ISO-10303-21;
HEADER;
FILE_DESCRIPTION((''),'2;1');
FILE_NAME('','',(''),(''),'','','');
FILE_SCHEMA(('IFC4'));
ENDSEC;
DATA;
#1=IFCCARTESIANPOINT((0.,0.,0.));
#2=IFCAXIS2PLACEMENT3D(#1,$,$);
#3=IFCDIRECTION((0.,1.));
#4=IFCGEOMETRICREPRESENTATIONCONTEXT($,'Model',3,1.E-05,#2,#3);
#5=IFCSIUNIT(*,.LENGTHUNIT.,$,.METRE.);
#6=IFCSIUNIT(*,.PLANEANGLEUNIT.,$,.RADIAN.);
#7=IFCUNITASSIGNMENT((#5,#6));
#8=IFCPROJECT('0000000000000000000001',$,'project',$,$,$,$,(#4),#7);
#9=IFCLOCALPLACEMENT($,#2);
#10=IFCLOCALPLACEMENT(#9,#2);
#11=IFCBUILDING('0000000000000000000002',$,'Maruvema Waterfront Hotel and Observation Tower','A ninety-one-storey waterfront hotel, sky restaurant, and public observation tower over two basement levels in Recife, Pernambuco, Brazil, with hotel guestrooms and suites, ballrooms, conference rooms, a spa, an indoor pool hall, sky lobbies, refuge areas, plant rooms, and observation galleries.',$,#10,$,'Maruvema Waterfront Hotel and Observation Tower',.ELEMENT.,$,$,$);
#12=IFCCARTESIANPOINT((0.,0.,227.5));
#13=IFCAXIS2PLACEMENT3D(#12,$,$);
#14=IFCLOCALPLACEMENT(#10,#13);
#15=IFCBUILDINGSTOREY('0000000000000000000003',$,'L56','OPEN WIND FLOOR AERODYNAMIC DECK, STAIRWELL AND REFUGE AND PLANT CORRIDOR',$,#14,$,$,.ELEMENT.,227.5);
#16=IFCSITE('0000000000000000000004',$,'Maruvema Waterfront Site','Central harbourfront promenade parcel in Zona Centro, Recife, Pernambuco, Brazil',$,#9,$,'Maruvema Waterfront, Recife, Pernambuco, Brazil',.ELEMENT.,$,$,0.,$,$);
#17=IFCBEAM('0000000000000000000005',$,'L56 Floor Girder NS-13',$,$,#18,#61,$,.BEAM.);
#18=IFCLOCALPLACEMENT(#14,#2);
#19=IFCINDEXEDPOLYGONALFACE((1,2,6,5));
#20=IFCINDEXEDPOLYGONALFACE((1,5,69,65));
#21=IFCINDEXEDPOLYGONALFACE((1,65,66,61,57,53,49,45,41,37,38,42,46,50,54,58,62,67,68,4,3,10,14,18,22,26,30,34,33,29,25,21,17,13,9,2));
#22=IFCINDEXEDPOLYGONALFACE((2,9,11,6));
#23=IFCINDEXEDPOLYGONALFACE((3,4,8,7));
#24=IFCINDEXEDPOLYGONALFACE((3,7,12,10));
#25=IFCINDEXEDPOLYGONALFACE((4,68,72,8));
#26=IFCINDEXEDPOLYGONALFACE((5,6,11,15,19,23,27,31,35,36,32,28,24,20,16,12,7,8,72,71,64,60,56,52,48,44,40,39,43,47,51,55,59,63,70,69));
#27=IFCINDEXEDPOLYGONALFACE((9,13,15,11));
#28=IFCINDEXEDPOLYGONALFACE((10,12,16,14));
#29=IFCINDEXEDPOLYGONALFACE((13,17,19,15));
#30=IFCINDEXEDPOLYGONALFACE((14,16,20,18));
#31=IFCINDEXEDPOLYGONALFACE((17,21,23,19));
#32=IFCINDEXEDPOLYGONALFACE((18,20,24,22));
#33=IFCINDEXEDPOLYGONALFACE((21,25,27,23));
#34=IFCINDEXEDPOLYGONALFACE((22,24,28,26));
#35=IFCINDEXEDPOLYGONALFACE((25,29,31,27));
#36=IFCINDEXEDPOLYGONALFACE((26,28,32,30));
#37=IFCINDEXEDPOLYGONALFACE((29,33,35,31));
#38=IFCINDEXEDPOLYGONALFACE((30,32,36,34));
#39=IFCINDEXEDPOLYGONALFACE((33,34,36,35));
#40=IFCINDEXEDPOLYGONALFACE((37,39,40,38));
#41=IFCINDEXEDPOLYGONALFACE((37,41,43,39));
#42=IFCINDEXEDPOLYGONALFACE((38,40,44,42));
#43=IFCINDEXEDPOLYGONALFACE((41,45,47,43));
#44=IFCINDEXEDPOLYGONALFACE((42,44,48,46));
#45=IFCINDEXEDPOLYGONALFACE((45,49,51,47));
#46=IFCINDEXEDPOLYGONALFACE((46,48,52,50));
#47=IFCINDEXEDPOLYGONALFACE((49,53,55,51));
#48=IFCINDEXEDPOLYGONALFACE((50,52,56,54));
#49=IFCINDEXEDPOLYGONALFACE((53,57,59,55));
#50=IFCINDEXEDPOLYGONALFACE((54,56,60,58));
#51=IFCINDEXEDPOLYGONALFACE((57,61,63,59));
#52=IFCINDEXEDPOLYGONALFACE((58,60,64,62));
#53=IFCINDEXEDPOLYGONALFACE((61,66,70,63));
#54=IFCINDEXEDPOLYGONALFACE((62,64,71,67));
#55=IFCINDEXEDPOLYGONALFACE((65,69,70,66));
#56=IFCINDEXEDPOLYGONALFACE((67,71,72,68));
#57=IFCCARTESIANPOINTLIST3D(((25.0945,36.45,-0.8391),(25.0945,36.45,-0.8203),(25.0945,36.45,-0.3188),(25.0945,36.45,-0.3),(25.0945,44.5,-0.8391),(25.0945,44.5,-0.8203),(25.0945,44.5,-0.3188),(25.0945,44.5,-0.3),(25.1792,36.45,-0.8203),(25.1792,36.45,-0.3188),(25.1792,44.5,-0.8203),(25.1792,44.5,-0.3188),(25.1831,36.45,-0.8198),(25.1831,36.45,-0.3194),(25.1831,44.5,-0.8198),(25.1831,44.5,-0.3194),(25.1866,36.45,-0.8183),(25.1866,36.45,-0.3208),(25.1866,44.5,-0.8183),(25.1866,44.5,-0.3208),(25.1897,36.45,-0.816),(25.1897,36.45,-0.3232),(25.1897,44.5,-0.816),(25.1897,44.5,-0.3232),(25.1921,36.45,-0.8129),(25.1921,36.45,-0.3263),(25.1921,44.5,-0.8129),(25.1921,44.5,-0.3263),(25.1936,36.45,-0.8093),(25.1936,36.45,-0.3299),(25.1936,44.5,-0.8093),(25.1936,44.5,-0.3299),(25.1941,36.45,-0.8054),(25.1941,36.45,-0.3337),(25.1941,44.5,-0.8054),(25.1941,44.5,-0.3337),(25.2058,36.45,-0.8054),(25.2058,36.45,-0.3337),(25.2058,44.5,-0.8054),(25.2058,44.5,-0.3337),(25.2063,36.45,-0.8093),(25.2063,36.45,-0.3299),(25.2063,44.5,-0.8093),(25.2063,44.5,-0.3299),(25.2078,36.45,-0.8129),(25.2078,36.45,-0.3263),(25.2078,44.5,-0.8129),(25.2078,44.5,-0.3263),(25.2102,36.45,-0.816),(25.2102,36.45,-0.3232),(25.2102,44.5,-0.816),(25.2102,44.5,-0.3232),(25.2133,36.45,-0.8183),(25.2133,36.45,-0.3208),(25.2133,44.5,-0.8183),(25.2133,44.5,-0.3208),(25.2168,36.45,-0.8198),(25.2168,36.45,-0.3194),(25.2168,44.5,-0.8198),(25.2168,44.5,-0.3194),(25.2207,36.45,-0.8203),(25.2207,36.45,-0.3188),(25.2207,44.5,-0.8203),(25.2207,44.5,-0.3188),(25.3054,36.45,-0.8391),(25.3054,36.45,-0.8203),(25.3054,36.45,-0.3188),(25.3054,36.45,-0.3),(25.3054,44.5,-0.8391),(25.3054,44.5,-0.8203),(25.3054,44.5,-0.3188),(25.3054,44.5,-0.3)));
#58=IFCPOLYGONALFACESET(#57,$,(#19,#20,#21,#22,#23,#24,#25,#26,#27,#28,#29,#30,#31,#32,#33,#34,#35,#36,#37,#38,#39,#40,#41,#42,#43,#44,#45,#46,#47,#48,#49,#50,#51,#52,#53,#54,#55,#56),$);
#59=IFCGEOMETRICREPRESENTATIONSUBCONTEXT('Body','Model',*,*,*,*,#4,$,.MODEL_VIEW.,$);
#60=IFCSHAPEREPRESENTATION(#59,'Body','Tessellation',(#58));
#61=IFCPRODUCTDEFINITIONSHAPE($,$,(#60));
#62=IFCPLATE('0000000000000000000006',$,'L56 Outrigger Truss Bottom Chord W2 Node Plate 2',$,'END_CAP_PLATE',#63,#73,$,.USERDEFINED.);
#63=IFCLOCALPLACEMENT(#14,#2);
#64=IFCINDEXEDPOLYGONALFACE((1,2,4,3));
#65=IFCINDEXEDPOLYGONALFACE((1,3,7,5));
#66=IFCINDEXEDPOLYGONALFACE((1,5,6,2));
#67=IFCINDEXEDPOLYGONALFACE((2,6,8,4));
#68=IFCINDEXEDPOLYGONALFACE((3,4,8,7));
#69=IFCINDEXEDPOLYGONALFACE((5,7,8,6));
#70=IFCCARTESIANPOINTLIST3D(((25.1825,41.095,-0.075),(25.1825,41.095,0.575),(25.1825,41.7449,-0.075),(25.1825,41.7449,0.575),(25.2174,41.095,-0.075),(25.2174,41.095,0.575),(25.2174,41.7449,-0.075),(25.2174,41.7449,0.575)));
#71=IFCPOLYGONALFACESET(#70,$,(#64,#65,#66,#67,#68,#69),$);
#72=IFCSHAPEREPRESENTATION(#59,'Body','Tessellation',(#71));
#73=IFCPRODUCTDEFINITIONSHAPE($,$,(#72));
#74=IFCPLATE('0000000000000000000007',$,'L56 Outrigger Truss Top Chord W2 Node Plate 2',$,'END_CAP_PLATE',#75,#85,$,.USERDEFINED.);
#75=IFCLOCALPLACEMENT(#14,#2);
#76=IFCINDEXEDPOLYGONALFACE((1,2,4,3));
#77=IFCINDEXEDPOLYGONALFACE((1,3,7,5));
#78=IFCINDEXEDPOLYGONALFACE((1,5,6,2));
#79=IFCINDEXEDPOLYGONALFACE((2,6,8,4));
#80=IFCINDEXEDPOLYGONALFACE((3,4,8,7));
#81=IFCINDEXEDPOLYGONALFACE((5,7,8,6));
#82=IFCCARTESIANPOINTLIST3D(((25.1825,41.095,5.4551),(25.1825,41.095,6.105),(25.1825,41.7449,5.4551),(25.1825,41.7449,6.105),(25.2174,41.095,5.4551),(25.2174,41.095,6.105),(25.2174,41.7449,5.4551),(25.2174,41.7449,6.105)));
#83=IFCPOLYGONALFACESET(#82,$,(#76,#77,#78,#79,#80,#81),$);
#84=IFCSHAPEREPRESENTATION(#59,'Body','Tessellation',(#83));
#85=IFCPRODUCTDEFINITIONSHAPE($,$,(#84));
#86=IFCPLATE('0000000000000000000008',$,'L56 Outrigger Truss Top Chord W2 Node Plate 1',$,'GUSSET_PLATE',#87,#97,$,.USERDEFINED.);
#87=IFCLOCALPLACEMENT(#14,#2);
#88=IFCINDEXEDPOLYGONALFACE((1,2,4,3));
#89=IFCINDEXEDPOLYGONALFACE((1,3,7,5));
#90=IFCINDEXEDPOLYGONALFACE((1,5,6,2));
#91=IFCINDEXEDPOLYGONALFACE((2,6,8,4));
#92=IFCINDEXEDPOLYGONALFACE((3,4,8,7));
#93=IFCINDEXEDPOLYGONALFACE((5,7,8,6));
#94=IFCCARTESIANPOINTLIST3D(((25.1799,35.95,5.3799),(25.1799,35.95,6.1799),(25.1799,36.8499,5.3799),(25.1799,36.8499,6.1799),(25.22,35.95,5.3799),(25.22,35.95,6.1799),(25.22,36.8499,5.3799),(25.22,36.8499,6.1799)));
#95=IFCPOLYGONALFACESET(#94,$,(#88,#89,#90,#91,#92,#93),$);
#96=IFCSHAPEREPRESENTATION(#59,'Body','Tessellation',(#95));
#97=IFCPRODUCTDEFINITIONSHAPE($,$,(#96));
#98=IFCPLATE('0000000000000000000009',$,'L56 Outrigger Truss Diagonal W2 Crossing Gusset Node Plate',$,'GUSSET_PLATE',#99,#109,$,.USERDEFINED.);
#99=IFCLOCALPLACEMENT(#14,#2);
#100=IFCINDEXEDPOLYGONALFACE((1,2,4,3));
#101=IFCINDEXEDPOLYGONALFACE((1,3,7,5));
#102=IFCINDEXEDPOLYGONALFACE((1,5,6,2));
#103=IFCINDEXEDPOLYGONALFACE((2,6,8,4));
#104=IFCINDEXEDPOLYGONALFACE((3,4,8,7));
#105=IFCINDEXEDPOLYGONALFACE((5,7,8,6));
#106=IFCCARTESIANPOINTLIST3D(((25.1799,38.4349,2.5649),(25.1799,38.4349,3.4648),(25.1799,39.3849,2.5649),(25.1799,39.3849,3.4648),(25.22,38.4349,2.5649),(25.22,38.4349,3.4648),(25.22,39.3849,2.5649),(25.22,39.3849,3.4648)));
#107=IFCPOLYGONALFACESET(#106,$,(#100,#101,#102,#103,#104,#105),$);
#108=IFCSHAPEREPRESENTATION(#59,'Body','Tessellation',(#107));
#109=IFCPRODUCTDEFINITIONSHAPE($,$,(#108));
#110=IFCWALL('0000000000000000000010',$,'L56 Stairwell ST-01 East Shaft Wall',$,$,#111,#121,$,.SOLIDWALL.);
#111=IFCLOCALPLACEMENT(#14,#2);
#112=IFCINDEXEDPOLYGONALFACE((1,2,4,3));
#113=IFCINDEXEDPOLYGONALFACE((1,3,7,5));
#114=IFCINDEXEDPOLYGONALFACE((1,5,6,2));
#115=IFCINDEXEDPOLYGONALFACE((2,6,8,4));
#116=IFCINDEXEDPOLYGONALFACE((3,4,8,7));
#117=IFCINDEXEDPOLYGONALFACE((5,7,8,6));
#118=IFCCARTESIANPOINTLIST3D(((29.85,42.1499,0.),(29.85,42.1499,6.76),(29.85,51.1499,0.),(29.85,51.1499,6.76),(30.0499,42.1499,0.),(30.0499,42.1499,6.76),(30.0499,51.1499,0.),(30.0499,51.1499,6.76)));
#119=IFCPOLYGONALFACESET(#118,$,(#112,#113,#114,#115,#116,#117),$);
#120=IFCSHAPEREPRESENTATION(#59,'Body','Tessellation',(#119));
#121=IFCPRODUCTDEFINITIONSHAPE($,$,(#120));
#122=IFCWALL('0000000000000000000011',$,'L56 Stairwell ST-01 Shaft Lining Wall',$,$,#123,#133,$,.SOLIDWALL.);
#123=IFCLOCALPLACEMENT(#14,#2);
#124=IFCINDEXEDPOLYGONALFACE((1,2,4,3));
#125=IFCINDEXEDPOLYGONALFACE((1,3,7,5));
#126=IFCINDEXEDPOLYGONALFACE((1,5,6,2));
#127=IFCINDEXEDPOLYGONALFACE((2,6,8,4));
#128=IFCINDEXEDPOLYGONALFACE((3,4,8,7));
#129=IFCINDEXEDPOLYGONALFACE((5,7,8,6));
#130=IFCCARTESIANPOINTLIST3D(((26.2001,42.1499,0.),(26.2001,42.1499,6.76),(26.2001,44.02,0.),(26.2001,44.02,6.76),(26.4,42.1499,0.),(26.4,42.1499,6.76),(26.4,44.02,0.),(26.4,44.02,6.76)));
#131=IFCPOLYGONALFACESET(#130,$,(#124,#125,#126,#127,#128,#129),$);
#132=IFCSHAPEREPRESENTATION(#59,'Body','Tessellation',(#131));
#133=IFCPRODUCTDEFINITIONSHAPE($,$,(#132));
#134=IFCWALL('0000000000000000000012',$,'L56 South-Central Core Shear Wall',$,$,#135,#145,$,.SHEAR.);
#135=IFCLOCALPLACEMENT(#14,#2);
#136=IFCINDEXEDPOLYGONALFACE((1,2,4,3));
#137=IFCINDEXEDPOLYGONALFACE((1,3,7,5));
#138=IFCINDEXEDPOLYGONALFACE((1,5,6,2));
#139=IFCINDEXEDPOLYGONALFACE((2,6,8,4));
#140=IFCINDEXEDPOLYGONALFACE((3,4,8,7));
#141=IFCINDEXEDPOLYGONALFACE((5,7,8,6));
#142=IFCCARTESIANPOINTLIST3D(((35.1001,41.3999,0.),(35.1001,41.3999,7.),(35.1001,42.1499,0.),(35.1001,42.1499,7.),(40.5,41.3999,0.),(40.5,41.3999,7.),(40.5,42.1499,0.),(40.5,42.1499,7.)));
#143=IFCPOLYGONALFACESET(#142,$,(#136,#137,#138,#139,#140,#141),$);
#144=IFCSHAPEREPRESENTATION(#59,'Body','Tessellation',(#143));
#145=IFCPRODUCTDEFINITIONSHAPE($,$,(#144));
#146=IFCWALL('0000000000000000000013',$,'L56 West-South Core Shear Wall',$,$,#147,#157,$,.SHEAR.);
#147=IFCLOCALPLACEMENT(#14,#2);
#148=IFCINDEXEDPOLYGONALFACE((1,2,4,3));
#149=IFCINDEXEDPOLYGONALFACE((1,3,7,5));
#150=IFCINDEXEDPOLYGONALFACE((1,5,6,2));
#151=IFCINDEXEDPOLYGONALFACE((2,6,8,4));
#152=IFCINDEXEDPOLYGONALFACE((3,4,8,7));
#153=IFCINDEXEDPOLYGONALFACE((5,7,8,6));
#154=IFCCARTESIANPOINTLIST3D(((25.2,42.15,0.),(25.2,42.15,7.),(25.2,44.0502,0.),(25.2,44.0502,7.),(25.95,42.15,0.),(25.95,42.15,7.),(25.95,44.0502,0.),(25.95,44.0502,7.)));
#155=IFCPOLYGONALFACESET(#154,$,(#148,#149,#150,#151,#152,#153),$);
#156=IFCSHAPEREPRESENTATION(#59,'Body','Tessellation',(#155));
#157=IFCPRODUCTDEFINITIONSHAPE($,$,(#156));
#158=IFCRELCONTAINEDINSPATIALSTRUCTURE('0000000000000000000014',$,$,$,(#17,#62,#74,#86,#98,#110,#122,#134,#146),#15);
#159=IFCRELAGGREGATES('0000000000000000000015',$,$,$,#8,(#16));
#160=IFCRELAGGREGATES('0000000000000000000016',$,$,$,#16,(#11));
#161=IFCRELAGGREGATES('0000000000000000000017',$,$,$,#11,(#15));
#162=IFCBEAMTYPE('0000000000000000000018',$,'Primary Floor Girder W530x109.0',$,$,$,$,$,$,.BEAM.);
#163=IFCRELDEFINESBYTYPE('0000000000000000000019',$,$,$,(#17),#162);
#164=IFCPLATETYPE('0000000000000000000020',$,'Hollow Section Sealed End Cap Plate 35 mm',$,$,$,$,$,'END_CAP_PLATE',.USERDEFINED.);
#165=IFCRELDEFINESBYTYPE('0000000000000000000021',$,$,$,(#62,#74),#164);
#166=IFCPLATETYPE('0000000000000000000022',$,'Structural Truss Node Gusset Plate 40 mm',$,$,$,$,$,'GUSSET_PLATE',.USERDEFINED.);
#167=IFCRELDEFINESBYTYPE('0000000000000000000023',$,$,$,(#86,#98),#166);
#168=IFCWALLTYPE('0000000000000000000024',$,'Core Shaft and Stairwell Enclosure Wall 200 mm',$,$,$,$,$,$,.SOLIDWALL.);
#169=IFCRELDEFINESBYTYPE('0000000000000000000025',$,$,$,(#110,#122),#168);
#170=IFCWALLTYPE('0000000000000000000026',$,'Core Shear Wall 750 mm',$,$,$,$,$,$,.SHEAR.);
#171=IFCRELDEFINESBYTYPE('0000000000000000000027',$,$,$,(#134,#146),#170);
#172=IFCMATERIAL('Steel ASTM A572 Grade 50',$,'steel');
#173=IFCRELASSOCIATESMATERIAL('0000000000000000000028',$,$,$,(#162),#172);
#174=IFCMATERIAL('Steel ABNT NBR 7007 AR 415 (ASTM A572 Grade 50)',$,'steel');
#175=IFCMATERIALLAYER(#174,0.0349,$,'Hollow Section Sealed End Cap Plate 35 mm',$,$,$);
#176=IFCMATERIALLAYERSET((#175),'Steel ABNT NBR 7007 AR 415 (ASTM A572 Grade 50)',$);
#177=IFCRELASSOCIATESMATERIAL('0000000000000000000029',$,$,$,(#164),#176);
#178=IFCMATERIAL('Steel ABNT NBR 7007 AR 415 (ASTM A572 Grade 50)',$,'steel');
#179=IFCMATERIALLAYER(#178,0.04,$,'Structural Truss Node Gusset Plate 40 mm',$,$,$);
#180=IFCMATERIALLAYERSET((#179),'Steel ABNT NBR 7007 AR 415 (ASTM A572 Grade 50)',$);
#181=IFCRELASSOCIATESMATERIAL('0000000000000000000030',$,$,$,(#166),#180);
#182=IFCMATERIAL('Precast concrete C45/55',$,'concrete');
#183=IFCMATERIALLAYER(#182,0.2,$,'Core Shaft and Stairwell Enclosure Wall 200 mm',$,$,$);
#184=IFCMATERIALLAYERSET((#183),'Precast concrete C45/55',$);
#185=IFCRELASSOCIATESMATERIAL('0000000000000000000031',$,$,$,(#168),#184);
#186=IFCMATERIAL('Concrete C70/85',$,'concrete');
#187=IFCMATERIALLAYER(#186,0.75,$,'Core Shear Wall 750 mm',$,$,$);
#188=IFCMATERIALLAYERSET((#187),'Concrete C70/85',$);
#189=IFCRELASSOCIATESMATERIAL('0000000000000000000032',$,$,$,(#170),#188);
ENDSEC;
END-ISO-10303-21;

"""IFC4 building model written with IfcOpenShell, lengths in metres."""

from ifc_helpers import new_model, si_unit, direction, frame, frame_2d, origin, origin_2d, place, context, subcontext, project, spatial, rectangle, i_section, extrude, material, layer, layer_set, material_profile, profile_set, type_object, element, save


model = new_model("IFC4")

# Units and contexts
model_context = context("Model", 3, precision=1e-05, world=origin(), true_north=direction((0.0, 1.0)))
body_context = subcontext(model_context, "Body", "Model", "MODEL_VIEW")
ifc_project = project(units=[si_unit("LENGTHUNIT", "METRE"), si_unit("PLANEANGLEUNIT", "RADIAN")], contexts=[model_context])

# Site, building, storey
site_placement = place(None, origin())
site = spatial("IfcSite", under=ifc_project, at=site_placement, Name="Maruvema Waterfront Site", Description="Central harbourfront promenade parcel in Zona Centro, Recife, Pernambuco, Brazil", LongName="Maruvema Waterfront, Recife, Pernambuco, Brazil", CompositionType="ELEMENT", RefElevation=0.0)
building_placement = place(site_placement, origin())
building = spatial("IfcBuilding", under=site, at=building_placement, Name="Maruvema Waterfront Hotel and Observation Tower", Description="A ninety-one-storey waterfront hotel, sky restaurant, and public observation tower over two basement levels in Recife, Pernambuco, Brazil, with hotel guestrooms and suites, ballrooms, conference rooms, a spa, an indoor pool hall, sky lobbies, refuge areas, plant rooms, and observation galleries.", LongName="Maruvema Waterfront Hotel and Observation Tower", CompositionType="ELEMENT")
storey_placement = place(building_placement, frame((0.0, 0.0, 227.5)))
storey = spatial("IfcBuildingStorey", under=building, at=storey_placement, Name="L56", Description="OPEN WIND FLOOR AERODYNAMIC DECK, STAIRWELL AND REFUGE AND PLANT CORRIDOR", CompositionType="ELEMENT", Elevation=227.5)

# Beam
ifc_material_1 = material(Name="Steel ASTM A572 Grade 50", Category="steel")
ifc_material_profile_1 = material_profile(ifc_material_1, i_section(OverallWidth=0.2109, OverallDepth=0.5391, WebThickness=0.0117, FlangeThickness=0.0188, FilletRadius=0.0149, at=origin_2d()), Name="W530x109.0")
ifc_profile_set_1 = profile_set([ifc_material_profile_1], Name="Steel ASTM A572 Grade 50")
beam_type_1 = type_object("IfcBeamType", Name="Primary Floor Girder W530x109.0", PredefinedType="BEAM", material=ifc_profile_set_1)
beam_1_placement = place(storey_placement, frame((25.2, 36.45, -0.5696), z_axis=(0.0, 1.0, 0.0), x_axis=(-1.0, 0.0, 0.0)))
element("IfcBeam", 1, at=beam_1_placement, inside=storey, type_object=beam_type_1, Name="L56 Floor Girder NS-13", PredefinedType="BEAM", context=body_context, shape_type="SweptSolid", body=[
    extrude(i_section(OverallWidth=0.2109, OverallDepth=0.5391, WebThickness=0.0117, FlangeThickness=0.0188, FilletRadius=0.0149, at=origin_2d()), origin(), (0.0, 0.0, 1.0), 8.05),
])

# Plates
ifc_material_2 = material(Name="Steel ABNT NBR 7007 AR 415 (ASTM A572 Grade 50)", Category="steel")
ifc_layer_1 = layer(ifc_material_2, 0.0349, Name="Hollow Section Sealed End Cap Plate 35 mm")
ifc_layer_set_1 = layer_set([ifc_layer_1], Name="Steel ABNT NBR 7007 AR 415 (ASTM A572 Grade 50)")
plate_type_1 = type_object("IfcPlateType", Name="Hollow Section Sealed End Cap Plate 35 mm", ElementType="END_CAP_PLATE", PredefinedType="USERDEFINED", material=ifc_layer_set_1)
for number, where, z_axis, x_axis, name in (
    (2, (25.2, 41.4199, -0.075), (0.0, 0.0, 1.0), (0.0, 1.0, 0.0), "L56 Outrigger Truss Bottom Chord W2 Node Plate 2"),
    (3, (25.2, 41.4199, 5.4551), (0.0, 0.0, 1.0), (0.0, 1.0, 0.0), "L56 Outrigger Truss Top Chord W2 Node Plate 2"),
):
    element("IfcPlate", number, at=place(storey_placement, frame(where, z_axis=z_axis, x_axis=x_axis)), inside=storey, type_object=plate_type_1, Name=name, ObjectType="END_CAP_PLATE", PredefinedType="USERDEFINED", context=body_context, shape_type="SweptSolid", body=[
        extrude(rectangle(XDim=0.6499, YDim=0.0349, at=origin_2d()), origin(), (0.0, 0.0, 1.0), 0.6499),
    ])
ifc_material_3 = material(Name="Steel ABNT NBR 7007 AR 415 (ASTM A572 Grade 50)", Category="steel")
ifc_layer_2 = layer(ifc_material_3, 0.04, Name="Structural Truss Node Gusset Plate 40 mm")
ifc_layer_set_2 = layer_set([ifc_layer_2], Name="Steel ABNT NBR 7007 AR 415 (ASTM A572 Grade 50)")
plate_type_2 = type_object("IfcPlateType", Name="Structural Truss Node Gusset Plate 40 mm", ElementType="GUSSET_PLATE", PredefinedType="USERDEFINED", material=ifc_layer_set_2)
plate_1_placement = place(storey_placement, frame((25.2, 36.3999, 5.3799), z_axis=(0.0, 0.0, 1.0), x_axis=(0.0, 1.0, 0.0)))
element("IfcPlate", 4, at=plate_1_placement, inside=storey, type_object=plate_type_2, Name="L56 Outrigger Truss Top Chord W2 Node Plate 1", ObjectType="GUSSET_PLATE", PredefinedType="USERDEFINED", context=body_context, shape_type="SweptSolid", body=[
    extrude(rectangle(XDim=0.8999, YDim=0.04, at=origin_2d()), origin(), (0.0, 0.0, 1.0), 0.8),
])
plate_2_placement = place(storey_placement, frame((25.2, 38.9099, 2.5649), z_axis=(0.0, 0.0, 1.0), x_axis=(0.0, -1.0, 0.0)))
element("IfcPlate", 5, at=plate_2_placement, inside=storey, type_object=plate_type_2, Name="L56 Outrigger Truss Diagonal W2 Crossing Gusset Node Plate", ObjectType="GUSSET_PLATE", PredefinedType="USERDEFINED", context=body_context, shape_type="SweptSolid", body=[
    extrude(rectangle(XDim=0.95, YDim=0.04, at=origin_2d()), origin(), (0.0, 0.0, 1.0), 0.8999),
])

# Walls
ifc_material_4 = material(Name="Precast concrete C45/55", Category="concrete")
ifc_layer_3 = layer(ifc_material_4, 0.2, Name="Core Shaft and Stairwell Enclosure Wall 200 mm")
ifc_layer_set_3 = layer_set([ifc_layer_3], Name="Precast concrete C45/55")
wall_type_1 = type_object("IfcWallType", Name="Core Shaft and Stairwell Enclosure Wall 200 mm", PredefinedType="SOLIDWALL", material=ifc_layer_set_3)
wall_1_placement = place(storey_placement, frame((29.95, 42.1499, 0.0), z_axis=(0.0, 0.0, 1.0), x_axis=(0.0, 1.0, 0.0)))
element("IfcWall", 6, at=wall_1_placement, inside=storey, type_object=wall_type_1, Name="L56 Stairwell ST-01 East Shaft Wall", PredefinedType="SOLIDWALL", context=body_context, shape_type="SweptSolid", body=[
    extrude(rectangle(XDim=9.0, YDim=0.2, at=frame_2d((4.5, 0.0))), origin(), (0.0, 0.0, 1.0), 6.76),
])
wall_2_placement = place(storey_placement, frame((26.3, 42.1499, 0.0), z_axis=(0.0, 0.0, 1.0), x_axis=(0.0, 1.0, 0.0)))
element("IfcWall", 7, at=wall_2_placement, inside=storey, type_object=wall_type_1, Name="L56 Stairwell ST-01 Shaft Lining Wall", PredefinedType="SOLIDWALL", context=body_context, shape_type="SweptSolid", body=[
    extrude(rectangle(XDim=1.8701, YDim=0.2, at=frame_2d((0.9351, 0.0))), origin(), (0.0, 0.0, 1.0), 6.76),
])

# Shared definitions
ifc_material_5 = material(Name="Concrete C70/85", Category="concrete")
ifc_layer_4 = layer(ifc_material_5, 0.75, Name="Core Shear Wall 750 mm")
ifc_layer_set_4 = layer_set([ifc_layer_4], Name="Concrete C70/85")
wall_type_2 = type_object("IfcWallType", Name="Core Shear Wall 750 mm", PredefinedType="SHEAR", material=ifc_layer_set_4)

# Walls
wall_3_placement = place(storey_placement, frame((35.1001, 41.7749, 0.0), z_axis=(0.0, 0.0, 1.0), x_axis=(1.0, 0.0, 0.0)))
element("IfcWall", 8, at=wall_3_placement, inside=storey, type_object=wall_type_2, Name="L56 South-Central Core Shear Wall", PredefinedType="SHEAR", context=body_context, shape_type="SweptSolid", body=[
    extrude(rectangle(XDim=5.3999, YDim=0.75, at=frame_2d((2.7, 0.0))), origin(), (0.0, 0.0, 1.0), 7.0),
])
wall_4_placement = place(storey_placement, frame((25.575, 42.1499, 0.0), z_axis=(0.0, 0.0, 1.0), x_axis=(0.0, 1.0, 0.0)))
element("IfcWall", 9, at=wall_4_placement, inside=storey, type_object=wall_type_2, Name="L56 West-South Core Shear Wall", PredefinedType="SHEAR", context=body_context, shape_type="SweptSolid", body=[
    extrude(rectangle(XDim=1.9001, YDim=0.75, at=frame_2d((0.9502, 0.0))), origin(), (0.0, 0.0, 1.0), 7.0),
])

save(model, "model.ifc")
